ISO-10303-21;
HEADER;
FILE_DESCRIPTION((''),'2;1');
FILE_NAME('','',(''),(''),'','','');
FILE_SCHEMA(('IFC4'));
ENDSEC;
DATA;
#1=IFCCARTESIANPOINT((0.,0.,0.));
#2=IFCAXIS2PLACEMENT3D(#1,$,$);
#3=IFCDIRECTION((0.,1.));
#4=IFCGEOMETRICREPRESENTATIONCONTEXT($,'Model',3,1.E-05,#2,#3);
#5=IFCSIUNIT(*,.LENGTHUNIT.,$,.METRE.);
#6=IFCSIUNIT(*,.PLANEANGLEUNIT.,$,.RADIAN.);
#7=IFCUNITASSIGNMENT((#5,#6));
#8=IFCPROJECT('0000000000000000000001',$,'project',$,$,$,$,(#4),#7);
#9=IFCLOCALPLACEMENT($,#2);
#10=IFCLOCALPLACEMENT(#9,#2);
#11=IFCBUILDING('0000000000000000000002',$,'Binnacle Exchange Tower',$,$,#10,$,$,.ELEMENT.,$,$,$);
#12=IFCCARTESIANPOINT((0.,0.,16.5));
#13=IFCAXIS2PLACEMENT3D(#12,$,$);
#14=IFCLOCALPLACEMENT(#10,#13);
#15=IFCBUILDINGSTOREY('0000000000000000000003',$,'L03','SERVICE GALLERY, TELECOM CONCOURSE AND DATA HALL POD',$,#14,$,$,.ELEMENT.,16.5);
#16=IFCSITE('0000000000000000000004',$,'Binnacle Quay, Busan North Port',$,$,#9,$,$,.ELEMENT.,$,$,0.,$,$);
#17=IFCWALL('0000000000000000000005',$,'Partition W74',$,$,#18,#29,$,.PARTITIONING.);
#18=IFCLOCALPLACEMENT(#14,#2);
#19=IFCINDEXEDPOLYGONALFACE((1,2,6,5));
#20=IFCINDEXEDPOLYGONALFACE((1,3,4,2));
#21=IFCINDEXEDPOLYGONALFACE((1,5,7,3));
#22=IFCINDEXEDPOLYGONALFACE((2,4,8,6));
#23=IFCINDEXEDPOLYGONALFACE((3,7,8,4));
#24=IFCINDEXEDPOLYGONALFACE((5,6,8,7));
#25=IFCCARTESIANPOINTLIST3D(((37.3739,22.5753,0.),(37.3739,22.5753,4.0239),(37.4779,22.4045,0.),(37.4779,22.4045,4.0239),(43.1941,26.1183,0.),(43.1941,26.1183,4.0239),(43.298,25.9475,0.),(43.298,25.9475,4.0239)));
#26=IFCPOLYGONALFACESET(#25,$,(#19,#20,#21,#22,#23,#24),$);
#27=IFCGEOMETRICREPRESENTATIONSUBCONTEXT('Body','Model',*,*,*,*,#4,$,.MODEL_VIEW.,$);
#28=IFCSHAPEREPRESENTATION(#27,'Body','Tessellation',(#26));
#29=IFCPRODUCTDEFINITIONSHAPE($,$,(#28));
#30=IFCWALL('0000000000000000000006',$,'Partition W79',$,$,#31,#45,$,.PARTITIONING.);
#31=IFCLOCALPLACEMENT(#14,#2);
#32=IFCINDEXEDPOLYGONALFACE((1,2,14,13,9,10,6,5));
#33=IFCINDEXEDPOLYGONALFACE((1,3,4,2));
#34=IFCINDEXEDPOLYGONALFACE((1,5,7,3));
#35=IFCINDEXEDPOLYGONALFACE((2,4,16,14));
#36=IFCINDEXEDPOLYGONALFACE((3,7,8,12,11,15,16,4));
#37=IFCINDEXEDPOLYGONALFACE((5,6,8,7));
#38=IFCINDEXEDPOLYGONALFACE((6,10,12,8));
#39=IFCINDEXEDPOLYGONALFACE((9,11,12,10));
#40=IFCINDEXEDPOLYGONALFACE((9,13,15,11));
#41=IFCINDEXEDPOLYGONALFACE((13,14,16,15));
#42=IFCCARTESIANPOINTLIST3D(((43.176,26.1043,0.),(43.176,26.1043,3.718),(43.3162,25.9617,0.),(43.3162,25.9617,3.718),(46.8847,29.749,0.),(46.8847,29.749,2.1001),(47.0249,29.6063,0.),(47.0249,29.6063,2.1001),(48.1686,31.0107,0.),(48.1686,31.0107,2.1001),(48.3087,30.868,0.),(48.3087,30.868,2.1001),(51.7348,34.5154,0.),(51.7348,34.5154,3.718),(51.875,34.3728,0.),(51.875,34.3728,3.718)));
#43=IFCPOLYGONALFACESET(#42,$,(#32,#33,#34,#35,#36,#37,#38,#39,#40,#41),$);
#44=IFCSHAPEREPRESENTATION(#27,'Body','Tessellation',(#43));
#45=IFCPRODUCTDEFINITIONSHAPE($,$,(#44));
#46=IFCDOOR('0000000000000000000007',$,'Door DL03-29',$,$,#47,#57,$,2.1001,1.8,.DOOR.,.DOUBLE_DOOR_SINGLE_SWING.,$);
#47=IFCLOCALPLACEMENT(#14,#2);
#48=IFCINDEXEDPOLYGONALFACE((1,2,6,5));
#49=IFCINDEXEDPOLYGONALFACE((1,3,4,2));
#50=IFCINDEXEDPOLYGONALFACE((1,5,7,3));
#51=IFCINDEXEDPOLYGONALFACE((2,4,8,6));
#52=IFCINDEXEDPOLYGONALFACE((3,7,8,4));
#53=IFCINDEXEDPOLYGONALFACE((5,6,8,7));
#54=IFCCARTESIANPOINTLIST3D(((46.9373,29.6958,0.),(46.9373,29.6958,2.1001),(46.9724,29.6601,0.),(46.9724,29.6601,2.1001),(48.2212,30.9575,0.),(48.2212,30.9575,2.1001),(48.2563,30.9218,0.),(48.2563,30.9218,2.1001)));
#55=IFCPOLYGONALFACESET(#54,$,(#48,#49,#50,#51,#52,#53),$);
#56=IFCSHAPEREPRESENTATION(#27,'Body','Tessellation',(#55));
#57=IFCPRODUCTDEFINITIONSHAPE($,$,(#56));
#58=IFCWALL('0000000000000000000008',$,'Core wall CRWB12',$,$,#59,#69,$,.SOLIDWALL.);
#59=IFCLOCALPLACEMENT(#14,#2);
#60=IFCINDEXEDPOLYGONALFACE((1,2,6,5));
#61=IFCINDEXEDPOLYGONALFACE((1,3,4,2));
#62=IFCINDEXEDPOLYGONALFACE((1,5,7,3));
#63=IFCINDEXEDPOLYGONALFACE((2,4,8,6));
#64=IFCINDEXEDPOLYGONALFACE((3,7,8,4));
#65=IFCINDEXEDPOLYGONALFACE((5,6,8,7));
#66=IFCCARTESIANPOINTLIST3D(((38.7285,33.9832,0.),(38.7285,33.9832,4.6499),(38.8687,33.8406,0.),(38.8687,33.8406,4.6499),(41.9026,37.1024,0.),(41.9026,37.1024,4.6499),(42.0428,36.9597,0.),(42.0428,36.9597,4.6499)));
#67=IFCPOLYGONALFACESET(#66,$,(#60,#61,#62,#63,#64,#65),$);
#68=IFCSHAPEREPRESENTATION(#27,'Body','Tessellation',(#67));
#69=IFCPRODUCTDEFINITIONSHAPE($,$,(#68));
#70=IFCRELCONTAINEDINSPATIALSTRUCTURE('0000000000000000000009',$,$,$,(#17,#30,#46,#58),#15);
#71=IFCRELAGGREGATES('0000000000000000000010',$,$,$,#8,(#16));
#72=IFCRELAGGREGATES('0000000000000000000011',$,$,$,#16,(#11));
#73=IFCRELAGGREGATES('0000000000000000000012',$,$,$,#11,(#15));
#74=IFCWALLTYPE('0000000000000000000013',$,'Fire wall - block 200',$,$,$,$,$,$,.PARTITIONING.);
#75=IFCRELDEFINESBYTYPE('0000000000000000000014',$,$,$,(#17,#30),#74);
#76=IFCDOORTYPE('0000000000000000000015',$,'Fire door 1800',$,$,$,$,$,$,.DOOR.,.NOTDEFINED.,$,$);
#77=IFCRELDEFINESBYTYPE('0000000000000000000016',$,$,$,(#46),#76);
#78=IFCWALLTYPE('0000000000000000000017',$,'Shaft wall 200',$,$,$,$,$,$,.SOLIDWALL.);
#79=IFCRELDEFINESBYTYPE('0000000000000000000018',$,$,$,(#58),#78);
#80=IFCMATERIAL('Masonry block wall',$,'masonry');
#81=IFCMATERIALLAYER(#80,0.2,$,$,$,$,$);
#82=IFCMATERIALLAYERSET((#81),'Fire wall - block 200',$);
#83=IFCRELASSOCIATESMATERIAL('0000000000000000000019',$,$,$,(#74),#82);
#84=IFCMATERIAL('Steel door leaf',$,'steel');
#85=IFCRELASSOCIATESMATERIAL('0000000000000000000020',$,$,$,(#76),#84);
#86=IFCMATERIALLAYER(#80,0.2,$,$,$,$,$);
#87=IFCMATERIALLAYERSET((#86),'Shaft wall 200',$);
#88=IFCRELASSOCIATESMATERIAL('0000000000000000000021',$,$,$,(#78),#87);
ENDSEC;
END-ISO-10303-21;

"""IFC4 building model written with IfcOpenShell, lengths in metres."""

from ifc_helpers import new_model, si_unit, direction, frame, frame_2d, origin, place, context, subcontext, project, spatial, rectangle, extrude, material, layer, layer_set, type_object, element, fill, save


model = new_model("IFC4")

# Units and contexts
model_context = context("Model", 3, precision=1e-05, world=origin(), true_north=direction((0.0, 1.0)))
body_context = subcontext(model_context, "Body", "Model", "MODEL_VIEW")
ifc_project = project(units=[si_unit("LENGTHUNIT", "METRE"), si_unit("PLANEANGLEUNIT", "RADIAN")], contexts=[model_context])

# Site, building, storey
site_placement = place(None, origin())
site = spatial("IfcSite", under=ifc_project, at=site_placement, Name="Binnacle Quay, Busan North Port", CompositionType="ELEMENT", RefElevation=0.0)
building_placement = place(site_placement, origin())
building = spatial("IfcBuilding", under=site, at=building_placement, Name="Binnacle Exchange Tower", CompositionType="ELEMENT")
storey_placement = place(building_placement, frame((0.0, 0.0, 16.5)))
storey = spatial("IfcBuildingStorey", under=building, at=storey_placement, Name="L03", Description="SERVICE GALLERY, TELECOM CONCOURSE AND DATA HALL POD", CompositionType="ELEMENT", Elevation=16.5)

# Wall
ifc_material_1 = material(Name="Masonry block wall", Category="masonry")
ifc_layer_1 = layer(ifc_material_1, 0.2)
ifc_layer_set_1 = layer_set([ifc_layer_1], Name="Fire wall - block 200")
wall_type_1 = type_object("IfcWallType", Name="Fire wall - block 200", PredefinedType="PARTITIONING", material=ifc_layer_set_1)
wall_1_placement = place(storey_placement, frame((37.426, 22.49, 0.0), z_axis=(0.0, 0.0, 1.0), x_axis=(0.854178, 0.519981, 0.0)))
element("IfcWall", 1, at=wall_1_placement, inside=storey, type_object=wall_type_1, Name="Partition W74", PredefinedType="PARTITIONING", context=body_context, shape_type="SweptSolid", body=[
    extrude(rectangle(XDim=6.8137, YDim=0.2, at=frame_2d((3.4067, 0.0))), origin(), (0.0, 0.0, 1.0), 4.0239),
])

# Wall, opening, door
wall_2_placement = place(storey_placement, frame((43.2461, 26.033, 0.0), z_axis=(0.0, 0.0, 1.0), x_axis=(0.713234, 0.700926, 0.0)))
wall_2 = element("IfcWall", 2, at=wall_2_placement, inside=storey, type_object=wall_type_1, Name="Partition W79", PredefinedType="PARTITIONING", context=body_context, shape_type="SweptSolid", body=[
    extrude(rectangle(XDim=12.0, YDim=0.2, at=frame_2d((6.0, 0.0))), origin(), (0.0, 0.0, 1.0), 3.718),
])
opening_placement = place(wall_2_placement, frame((5.2, 0.0, 0.0)))
opening = element("IfcOpeningElement", 3, at=opening_placement, cuts=wall_2, PredefinedType="OPENING", context=body_context, shape_type="SweptSolid", body=[
    extrude(rectangle(XDim=1.8, YDim=2.1001, at=frame_2d((0.8999, 1.05))), frame((0.0, 0.1099, 0.0), z_axis=(0.0, -1.0, 0.0), x_axis=(1.0, 0.0, 0.0)), (0.0, 0.0, 1.0), 0.22),
])
ifc_material_2 = material(Name="Steel door leaf", Category="steel")
door_type = type_object("IfcDoorType", Name="Fire door 1800", OperationType="NOTDEFINED", PredefinedType="DOOR", material=ifc_material_2)
door_placement = place(opening_placement, frame((1.8, 0.0, 0.0), z_axis=(0.0, 0.0, 1.0), x_axis=(-1.0, 0.0, 0.0)))
door = element("IfcDoor", 4, at=door_placement, inside=storey, type_object=door_type, Name="Door DL03-29", OperationType="DOUBLE_DOOR_SINGLE_SWING", OverallHeight=2.1001, OverallWidth=1.8, PredefinedType="DOOR", context=body_context, shape_type="SweptSolid", body=[
    extrude(rectangle(XDim=1.8, YDim=2.1001, at=frame_2d((0.8999, 1.05))), frame((0.0, 0.0249, 0.0), z_axis=(0.0, -1.0, 0.0), x_axis=(1.0, 0.0, 0.0)), (0.0, 0.0, 1.0), 0.05),
])
fill(opening, door)

# Wall
ifc_layer_2 = layer(ifc_material_1, 0.2)
ifc_layer_set_2 = layer_set([ifc_layer_2], Name="Shaft wall 200")
wall_type_2 = type_object("IfcWallType", Name="Shaft wall 200", PredefinedType="SOLIDWALL", material=ifc_layer_set_2)
wall_3_placement = place(storey_placement, frame((38.7986, 33.9119, 0.0), z_axis=(0.0, 0.0, 1.0), x_axis=(0.713252, 0.700908, 0.0)))
element("IfcWall", 5, at=wall_3_placement, inside=storey, type_object=wall_type_2, Name="Core wall CRWB12", PredefinedType="SOLIDWALL", context=body_context, shape_type="SweptSolid", body=[
    extrude(rectangle(XDim=4.4502, YDim=0.2, at=frame_2d((2.2251, 0.0))), origin(), (0.0, 0.0, 1.0), 4.6499),
])

save(model, "model.ifc")
